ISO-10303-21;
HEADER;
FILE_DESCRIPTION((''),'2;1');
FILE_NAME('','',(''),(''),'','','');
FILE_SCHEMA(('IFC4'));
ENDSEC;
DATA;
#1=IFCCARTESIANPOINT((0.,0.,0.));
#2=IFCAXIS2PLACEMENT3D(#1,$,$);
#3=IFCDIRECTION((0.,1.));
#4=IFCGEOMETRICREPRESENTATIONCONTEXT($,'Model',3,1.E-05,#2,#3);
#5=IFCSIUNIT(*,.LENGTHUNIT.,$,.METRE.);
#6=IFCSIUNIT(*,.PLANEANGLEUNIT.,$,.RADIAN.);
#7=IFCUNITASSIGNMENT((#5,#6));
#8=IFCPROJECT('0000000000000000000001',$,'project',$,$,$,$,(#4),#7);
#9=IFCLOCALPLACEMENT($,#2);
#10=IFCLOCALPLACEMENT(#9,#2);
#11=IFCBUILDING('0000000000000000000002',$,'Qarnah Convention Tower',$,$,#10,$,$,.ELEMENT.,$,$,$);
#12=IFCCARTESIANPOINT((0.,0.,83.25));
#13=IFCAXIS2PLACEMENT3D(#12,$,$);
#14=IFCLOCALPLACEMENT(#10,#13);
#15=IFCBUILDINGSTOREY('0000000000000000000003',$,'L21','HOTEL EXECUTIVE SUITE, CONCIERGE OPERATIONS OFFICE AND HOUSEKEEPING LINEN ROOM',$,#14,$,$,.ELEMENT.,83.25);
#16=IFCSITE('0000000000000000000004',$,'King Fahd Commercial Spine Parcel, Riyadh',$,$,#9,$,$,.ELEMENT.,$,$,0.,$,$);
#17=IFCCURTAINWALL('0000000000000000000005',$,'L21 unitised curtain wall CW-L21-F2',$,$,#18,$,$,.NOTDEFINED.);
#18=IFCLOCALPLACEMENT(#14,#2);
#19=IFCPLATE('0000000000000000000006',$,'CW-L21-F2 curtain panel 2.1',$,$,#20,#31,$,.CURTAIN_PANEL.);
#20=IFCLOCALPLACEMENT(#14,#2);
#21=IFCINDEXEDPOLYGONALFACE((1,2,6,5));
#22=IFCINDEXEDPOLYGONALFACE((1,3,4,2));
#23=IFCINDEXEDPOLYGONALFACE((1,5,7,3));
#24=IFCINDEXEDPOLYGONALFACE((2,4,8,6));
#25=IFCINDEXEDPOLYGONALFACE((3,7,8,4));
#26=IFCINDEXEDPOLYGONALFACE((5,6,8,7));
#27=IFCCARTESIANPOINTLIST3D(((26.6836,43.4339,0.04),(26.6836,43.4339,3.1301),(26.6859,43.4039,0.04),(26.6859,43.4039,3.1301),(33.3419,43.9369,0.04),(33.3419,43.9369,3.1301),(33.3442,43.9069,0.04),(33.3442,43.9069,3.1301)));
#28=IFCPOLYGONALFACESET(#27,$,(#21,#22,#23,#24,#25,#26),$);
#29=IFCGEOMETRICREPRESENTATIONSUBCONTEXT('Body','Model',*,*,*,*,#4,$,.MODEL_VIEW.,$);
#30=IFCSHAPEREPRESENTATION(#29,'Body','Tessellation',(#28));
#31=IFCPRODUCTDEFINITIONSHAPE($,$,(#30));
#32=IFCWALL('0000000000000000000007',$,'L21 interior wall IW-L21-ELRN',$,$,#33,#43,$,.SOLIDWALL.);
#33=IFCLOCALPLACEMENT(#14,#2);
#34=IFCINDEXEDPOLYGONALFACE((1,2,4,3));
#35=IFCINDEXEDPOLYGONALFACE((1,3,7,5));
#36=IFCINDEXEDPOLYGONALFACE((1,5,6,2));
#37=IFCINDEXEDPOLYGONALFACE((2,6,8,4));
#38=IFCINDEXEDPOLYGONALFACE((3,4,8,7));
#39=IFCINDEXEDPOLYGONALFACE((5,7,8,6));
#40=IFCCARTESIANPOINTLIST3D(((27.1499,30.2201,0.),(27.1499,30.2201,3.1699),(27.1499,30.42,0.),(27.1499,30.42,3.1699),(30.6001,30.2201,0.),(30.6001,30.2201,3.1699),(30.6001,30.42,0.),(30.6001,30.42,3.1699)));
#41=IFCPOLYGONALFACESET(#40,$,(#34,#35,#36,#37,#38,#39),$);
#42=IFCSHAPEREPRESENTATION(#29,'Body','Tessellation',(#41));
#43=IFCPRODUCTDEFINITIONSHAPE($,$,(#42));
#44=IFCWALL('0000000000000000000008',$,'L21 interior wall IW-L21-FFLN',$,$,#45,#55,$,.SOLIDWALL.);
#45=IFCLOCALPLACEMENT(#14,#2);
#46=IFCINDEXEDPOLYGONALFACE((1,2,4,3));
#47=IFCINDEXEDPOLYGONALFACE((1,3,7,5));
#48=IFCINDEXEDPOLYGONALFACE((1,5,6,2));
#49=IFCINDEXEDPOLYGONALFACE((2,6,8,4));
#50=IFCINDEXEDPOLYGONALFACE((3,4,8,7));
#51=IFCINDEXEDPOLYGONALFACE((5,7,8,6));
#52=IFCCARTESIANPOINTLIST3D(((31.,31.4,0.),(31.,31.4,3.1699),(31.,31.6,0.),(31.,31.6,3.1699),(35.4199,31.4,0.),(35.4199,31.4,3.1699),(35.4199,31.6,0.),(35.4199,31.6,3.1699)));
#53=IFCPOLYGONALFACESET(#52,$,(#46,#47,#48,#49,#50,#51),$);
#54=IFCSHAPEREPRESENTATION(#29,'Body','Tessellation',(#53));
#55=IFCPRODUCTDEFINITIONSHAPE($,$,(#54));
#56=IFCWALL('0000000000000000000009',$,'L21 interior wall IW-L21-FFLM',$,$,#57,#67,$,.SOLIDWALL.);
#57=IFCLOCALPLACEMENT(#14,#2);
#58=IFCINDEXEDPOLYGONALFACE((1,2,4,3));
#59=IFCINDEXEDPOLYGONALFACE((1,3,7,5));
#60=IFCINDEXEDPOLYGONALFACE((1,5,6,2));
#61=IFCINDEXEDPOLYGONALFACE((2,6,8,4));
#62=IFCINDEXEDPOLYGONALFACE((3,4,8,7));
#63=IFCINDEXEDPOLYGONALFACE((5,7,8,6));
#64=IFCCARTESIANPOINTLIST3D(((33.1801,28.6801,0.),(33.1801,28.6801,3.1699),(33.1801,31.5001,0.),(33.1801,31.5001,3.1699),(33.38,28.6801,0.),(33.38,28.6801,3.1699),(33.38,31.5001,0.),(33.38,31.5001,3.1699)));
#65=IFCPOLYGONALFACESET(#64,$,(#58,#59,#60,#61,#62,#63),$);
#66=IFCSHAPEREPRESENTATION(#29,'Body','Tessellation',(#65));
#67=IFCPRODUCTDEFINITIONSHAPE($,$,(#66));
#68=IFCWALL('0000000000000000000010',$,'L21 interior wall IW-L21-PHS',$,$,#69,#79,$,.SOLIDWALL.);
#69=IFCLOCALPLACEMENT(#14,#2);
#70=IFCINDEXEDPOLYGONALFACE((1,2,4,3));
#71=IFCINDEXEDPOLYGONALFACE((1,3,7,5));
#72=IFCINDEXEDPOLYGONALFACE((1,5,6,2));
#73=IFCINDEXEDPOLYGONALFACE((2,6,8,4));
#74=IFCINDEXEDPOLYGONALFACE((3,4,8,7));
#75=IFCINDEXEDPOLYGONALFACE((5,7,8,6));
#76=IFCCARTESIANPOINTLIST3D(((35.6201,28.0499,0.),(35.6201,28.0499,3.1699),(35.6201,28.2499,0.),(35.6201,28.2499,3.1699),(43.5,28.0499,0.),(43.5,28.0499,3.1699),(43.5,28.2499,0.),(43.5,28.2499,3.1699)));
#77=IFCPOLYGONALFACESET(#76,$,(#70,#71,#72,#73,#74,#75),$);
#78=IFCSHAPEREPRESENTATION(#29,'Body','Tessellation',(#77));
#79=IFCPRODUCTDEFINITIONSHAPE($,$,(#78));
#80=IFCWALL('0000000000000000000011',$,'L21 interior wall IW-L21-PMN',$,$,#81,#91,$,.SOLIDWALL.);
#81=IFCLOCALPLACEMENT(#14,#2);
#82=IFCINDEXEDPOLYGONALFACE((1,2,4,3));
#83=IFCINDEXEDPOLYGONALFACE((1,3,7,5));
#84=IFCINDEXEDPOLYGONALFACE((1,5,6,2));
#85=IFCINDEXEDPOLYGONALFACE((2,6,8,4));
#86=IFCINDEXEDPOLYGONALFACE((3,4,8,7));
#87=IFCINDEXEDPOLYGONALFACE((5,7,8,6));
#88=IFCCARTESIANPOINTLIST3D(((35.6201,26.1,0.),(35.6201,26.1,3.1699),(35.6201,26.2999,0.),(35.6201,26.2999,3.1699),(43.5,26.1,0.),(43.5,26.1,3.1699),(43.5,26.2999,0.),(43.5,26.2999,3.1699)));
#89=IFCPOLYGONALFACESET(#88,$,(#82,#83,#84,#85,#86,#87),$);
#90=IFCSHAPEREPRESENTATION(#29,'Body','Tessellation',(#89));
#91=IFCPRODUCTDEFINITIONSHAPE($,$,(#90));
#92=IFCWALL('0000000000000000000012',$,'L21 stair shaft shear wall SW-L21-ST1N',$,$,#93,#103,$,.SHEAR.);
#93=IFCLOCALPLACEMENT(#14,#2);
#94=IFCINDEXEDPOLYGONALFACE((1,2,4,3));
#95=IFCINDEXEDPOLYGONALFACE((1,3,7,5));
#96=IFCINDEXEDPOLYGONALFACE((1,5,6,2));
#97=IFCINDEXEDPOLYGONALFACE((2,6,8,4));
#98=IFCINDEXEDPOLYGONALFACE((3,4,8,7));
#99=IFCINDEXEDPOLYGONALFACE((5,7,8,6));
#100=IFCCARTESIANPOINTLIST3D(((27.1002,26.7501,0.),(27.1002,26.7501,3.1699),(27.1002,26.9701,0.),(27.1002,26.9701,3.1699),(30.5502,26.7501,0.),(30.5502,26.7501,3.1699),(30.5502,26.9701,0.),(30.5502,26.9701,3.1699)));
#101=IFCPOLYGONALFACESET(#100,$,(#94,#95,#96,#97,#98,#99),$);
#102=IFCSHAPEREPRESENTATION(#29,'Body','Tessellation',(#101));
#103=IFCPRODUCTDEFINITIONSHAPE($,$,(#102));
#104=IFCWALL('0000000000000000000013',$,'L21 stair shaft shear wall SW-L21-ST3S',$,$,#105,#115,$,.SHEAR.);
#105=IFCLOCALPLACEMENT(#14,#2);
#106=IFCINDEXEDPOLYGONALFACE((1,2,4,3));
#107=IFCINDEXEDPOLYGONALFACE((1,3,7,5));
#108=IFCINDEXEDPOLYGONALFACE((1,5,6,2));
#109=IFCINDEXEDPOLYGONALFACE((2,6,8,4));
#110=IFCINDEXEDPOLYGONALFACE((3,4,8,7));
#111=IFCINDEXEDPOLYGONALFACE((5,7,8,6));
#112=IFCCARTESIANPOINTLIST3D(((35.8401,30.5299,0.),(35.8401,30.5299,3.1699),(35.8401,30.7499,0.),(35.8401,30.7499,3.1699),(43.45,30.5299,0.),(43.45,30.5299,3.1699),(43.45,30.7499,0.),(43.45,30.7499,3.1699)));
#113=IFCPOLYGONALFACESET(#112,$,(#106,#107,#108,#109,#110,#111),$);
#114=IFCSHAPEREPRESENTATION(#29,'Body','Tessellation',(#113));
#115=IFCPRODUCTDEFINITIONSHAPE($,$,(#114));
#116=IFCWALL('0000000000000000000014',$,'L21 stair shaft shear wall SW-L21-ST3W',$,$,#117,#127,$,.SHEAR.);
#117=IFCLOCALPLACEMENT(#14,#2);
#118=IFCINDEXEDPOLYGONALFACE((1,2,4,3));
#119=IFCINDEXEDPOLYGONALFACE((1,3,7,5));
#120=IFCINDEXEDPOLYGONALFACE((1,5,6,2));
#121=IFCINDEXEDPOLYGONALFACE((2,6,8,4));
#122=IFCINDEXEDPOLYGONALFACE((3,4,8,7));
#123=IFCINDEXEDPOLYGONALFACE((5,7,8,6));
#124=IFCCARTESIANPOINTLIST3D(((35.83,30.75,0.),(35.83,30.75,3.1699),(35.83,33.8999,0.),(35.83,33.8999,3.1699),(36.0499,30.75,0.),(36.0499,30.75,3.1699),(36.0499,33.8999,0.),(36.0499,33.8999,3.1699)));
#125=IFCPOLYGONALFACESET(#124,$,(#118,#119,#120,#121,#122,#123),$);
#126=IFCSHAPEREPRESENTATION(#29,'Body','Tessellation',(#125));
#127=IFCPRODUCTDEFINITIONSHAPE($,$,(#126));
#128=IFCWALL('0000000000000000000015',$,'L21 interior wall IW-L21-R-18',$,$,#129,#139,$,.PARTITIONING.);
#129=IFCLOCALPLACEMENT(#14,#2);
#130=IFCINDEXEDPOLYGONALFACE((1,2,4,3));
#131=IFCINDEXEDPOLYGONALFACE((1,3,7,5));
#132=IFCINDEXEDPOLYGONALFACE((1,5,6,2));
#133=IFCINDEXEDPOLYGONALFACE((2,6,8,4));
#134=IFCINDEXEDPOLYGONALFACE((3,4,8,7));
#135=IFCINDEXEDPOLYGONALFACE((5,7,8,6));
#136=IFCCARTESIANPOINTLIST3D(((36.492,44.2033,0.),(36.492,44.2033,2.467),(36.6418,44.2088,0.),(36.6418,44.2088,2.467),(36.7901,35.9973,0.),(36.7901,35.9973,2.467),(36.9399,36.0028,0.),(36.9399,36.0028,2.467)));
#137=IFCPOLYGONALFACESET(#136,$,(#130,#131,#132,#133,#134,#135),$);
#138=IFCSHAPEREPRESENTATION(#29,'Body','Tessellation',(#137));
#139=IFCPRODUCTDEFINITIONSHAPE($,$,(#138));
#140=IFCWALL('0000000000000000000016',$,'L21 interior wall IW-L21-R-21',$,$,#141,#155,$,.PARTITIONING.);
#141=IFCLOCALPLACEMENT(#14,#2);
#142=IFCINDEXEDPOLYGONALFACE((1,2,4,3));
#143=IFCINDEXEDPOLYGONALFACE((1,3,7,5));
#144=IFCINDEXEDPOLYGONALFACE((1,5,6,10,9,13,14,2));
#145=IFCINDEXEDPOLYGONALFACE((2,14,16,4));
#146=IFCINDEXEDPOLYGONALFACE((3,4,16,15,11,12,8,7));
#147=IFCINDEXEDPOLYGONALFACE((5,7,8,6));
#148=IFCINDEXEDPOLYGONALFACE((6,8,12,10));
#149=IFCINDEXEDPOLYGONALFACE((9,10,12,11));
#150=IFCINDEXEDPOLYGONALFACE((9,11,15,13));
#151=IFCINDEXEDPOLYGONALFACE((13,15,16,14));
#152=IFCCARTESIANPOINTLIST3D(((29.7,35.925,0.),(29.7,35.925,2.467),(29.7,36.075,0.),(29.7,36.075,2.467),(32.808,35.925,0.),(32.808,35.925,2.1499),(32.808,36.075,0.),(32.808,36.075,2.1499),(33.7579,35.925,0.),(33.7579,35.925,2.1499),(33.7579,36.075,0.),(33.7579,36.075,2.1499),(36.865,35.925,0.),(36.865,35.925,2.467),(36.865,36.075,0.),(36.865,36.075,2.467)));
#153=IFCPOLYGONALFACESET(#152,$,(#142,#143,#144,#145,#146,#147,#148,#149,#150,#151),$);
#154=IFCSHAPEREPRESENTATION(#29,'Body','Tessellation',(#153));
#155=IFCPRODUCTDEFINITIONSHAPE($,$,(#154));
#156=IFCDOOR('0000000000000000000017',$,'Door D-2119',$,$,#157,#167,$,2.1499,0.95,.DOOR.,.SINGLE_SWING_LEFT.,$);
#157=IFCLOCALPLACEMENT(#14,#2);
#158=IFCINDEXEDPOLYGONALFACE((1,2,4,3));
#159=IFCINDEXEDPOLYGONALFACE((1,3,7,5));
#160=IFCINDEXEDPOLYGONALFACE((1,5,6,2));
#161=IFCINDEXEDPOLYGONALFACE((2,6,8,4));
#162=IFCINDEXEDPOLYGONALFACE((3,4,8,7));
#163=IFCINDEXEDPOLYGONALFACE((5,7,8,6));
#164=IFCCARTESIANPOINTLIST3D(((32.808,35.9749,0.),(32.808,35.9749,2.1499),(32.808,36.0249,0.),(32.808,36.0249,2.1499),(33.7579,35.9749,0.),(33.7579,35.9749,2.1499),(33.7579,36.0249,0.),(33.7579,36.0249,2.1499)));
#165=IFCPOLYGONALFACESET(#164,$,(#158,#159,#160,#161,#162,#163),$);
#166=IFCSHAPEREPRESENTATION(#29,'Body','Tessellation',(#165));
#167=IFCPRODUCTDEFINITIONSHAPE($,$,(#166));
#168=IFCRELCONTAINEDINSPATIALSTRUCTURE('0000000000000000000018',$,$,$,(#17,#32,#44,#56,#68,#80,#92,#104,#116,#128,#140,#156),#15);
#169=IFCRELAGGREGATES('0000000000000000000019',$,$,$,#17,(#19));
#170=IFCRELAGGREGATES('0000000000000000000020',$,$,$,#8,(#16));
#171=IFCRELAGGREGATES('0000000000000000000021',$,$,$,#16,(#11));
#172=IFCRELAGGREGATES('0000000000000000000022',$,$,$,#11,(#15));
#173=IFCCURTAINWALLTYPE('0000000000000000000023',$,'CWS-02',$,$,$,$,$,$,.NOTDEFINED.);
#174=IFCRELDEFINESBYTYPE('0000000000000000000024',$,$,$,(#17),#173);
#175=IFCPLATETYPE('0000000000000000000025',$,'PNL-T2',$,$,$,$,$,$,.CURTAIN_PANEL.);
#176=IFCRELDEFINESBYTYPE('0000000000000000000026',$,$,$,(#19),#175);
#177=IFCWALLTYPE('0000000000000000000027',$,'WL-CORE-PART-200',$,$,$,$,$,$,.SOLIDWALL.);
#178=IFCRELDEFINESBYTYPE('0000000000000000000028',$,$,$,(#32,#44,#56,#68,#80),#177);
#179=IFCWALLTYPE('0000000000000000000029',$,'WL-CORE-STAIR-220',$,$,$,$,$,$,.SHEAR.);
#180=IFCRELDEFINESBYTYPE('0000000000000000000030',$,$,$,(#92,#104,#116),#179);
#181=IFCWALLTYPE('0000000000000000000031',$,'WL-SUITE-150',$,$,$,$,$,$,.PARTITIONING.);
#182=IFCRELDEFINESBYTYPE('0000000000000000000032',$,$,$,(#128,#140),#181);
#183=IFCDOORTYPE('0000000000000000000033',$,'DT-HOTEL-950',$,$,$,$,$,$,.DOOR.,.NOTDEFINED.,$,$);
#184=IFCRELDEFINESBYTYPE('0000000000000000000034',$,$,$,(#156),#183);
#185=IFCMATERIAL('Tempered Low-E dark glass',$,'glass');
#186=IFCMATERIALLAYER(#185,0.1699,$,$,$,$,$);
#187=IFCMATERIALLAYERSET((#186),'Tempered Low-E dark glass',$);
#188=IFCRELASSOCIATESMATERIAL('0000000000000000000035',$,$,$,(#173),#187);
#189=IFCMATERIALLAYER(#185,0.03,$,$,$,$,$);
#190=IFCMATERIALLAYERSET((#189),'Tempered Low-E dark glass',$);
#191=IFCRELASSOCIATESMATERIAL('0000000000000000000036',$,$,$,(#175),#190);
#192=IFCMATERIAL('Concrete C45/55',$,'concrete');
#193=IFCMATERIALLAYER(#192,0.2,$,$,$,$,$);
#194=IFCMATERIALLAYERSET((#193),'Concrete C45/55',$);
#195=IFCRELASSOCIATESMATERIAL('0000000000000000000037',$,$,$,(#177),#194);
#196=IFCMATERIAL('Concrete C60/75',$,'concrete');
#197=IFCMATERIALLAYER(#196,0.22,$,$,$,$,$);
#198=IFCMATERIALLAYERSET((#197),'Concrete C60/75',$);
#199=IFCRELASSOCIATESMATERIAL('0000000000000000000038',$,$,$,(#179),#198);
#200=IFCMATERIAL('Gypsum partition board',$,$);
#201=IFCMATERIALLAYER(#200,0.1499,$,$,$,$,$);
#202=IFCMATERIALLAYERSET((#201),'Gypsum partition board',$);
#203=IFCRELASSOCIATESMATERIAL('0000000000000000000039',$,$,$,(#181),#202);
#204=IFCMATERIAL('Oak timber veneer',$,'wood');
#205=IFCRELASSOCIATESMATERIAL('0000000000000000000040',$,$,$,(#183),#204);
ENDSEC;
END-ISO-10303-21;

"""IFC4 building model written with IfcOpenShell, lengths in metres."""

from ifc_helpers import new_model, si_unit, direction, frame, frame_2d, origin, origin_2d, place, context, subcontext, project, spatial, rectangle, extrude, material, layer, layer_set, type_object, element, fill, aggregate, save


model = new_model("IFC4")

# Units and contexts
model_context = context("Model", 3, precision=1e-05, world=origin(), true_north=direction((0.0, 1.0)))
body_context = subcontext(model_context, "Body", "Model", "MODEL_VIEW")
ifc_project = project(units=[si_unit("LENGTHUNIT", "METRE"), si_unit("PLANEANGLEUNIT", "RADIAN")], contexts=[model_context])

# Site, building, storey
site_placement = place(None, origin())
site = spatial("IfcSite", under=ifc_project, at=site_placement, Name="King Fahd Commercial Spine Parcel, Riyadh", CompositionType="ELEMENT", RefElevation=0.0)
building_placement = place(site_placement, origin())
building = spatial("IfcBuilding", under=site, at=building_placement, Name="Qarnah Convention Tower", CompositionType="ELEMENT")
storey_placement = place(building_placement, frame((0.0, 0.0, 83.25)))
storey = spatial("IfcBuildingStorey", under=building, at=storey_placement, Name="L21", Description="HOTEL EXECUTIVE SUITE, CONCIERGE OPERATIONS OFFICE AND HOUSEKEEPING LINEN ROOM", CompositionType="ELEMENT", Elevation=83.25)

# Shared definitions
ifc_material_1 = material(Name="Concrete C60/75", Category="concrete")

# Curtain wall, plate
ifc_material_2 = material(Name="Tempered Low-E dark glass", Category="glass")
ifc_layer_1 = layer(ifc_material_2, 0.1699)
ifc_layer_set_1 = layer_set([ifc_layer_1], Name="Tempered Low-E dark glass")
curtain_wall_type = type_object("IfcCurtainWallType", Name="CWS-02", PredefinedType="NOTDEFINED", material=ifc_layer_set_1)
curtain_wall_placement = place(storey_placement, origin())
curtain_wall = element("IfcCurtainWall", 1, at=curtain_wall_placement, inside=storey, type_object=curtain_wall_type, Name="L21 unitised curtain wall CW-L21-F2", PredefinedType="NOTDEFINED")
ifc_layer_2 = layer(ifc_material_2, 0.03)
ifc_layer_set_2 = layer_set([ifc_layer_2], Name="Tempered Low-E dark glass")
plate_type = type_object("IfcPlateType", Name="PNL-T2", PredefinedType="CURTAIN_PANEL", material=ifc_layer_set_2)
plate_placement = place(storey_placement, frame((30.0139, 43.6704, 0.04), z_axis=(0.0, 0.0, 1.0), x_axis=(0.997159, 0.075327, 0.0)))
plate = element("IfcPlate", 2, at=plate_placement, type_object=plate_type, Name="CW-L21-F2 curtain panel 2.1", PredefinedType="CURTAIN_PANEL", context=body_context, shape_type="SweptSolid", body=[
    extrude(rectangle(XDim=6.6772, YDim=0.03, at=origin_2d()), origin(), (0.0, 0.0, 1.0), 3.0901),
])
aggregate(curtain_wall, [plate])

# Wall
ifc_material_3 = material(Name="Concrete C45/55", Category="concrete")
ifc_layer_3 = layer(ifc_material_3, 0.2)
ifc_layer_set_3 = layer_set([ifc_layer_3], Name="Concrete C45/55")
wall_type_1 = type_object("IfcWallType", Name="WL-CORE-PART-200", PredefinedType="SOLIDWALL", material=ifc_layer_set_3)
wall_1_placement = place(storey_placement, frame((27.1499, 30.3201, 0.0), z_axis=(0.0, 0.0, 1.0), x_axis=(1.0, 0.0, 0.0)))
element("IfcWall", 3, at=wall_1_placement, inside=storey, type_object=wall_type_1, Name="L21 interior wall IW-L21-ELRN", PredefinedType="SOLIDWALL", context=body_context, shape_type="SweptSolid", body=[
    extrude(rectangle(XDim=3.4502, YDim=0.2, at=frame_2d((1.7251, 0.0))), origin(), (0.0, 0.0, 1.0), 3.1699),
])

# Walls
wall_2_placement = place(storey_placement, frame((31.0, 31.5, 0.0), z_axis=(0.0, 0.0, 1.0), x_axis=(1.0, 0.0, 0.0)))
element("IfcWall", 4, at=wall_2_placement, inside=storey, type_object=wall_type_1, Name="L21 interior wall IW-L21-FFLN", PredefinedType="SOLIDWALL", context=body_context, shape_type="SweptSolid", body=[
    extrude(rectangle(XDim=4.4199, YDim=0.2, at=frame_2d((2.21, 0.0))), origin(), (0.0, 0.0, 1.0), 3.1699),
])
wall_3_placement = place(storey_placement, frame((33.28, 28.6799, 0.0), z_axis=(0.0, 0.0, 1.0), x_axis=(0.0, 1.0, 0.0)))
element("IfcWall", 5, at=wall_3_placement, inside=storey, type_object=wall_type_1, Name="L21 interior wall IW-L21-FFLM", PredefinedType="SOLIDWALL", context=body_context, shape_type="SweptSolid", body=[
    extrude(rectangle(XDim=2.8201, YDim=0.2, at=frame_2d((1.4102, 0.0))), origin(), (0.0, 0.0, 1.0), 3.1699),
])
for number, where, z_axis, x_axis, name in (
    (6, (35.6201, 28.1499, 0.0), (0.0, 0.0, 1.0), (1.0, 0.0, 0.0), "L21 interior wall IW-L21-PHS"),
    (7, (35.6201, 26.2, 0.0), (0.0, 0.0, 1.0), (1.0, 0.0, 0.0), "L21 interior wall IW-L21-PMN"),
):
    element("IfcWall", number, at=place(storey_placement, frame(where, z_axis=z_axis, x_axis=x_axis)), inside=storey, type_object=wall_type_1, Name=name, PredefinedType="SOLIDWALL", context=body_context, shape_type="SweptSolid", body=[
        extrude(rectangle(XDim=7.8799, YDim=0.2, at=frame_2d((3.9399, 0.0))), origin(), (0.0, 0.0, 1.0), 3.1699),
    ])
ifc_layer_4 = layer(ifc_material_1, 0.22)
ifc_layer_set_4 = layer_set([ifc_layer_4], Name="Concrete C60/75")
wall_type_2 = type_object("IfcWallType", Name="WL-CORE-STAIR-220", PredefinedType="SHEAR", material=ifc_layer_set_4)
wall_4_placement = place(storey_placement, frame((27.1001, 26.8601, 0.0), z_axis=(0.0, 0.0, 1.0), x_axis=(1.0, 0.0, 0.0)))
element("IfcWall", 8, at=wall_4_placement, inside=storey, type_object=wall_type_2, Name="L21 stair shaft shear wall SW-L21-ST1N", PredefinedType="SHEAR", context=body_context, shape_type="SweptSolid", body=[
    extrude(rectangle(XDim=3.45, YDim=0.22, at=frame_2d((1.7251, 0.0))), origin(), (0.0, 0.0, 1.0), 3.1699),
])
wall_5_placement = place(storey_placement, frame((35.8401, 30.6399, 0.0), z_axis=(0.0, 0.0, 1.0), x_axis=(1.0, 0.0, 0.0)))
element("IfcWall", 9, at=wall_5_placement, inside=storey, type_object=wall_type_2, Name="L21 stair shaft shear wall SW-L21-ST3S", PredefinedType="SHEAR", context=body_context, shape_type="SweptSolid", body=[
    extrude(rectangle(XDim=7.6099, YDim=0.22, at=frame_2d((3.8049, 0.0))), origin(), (0.0, 0.0, 1.0), 3.1699),
])
wall_6_placement = place(storey_placement, frame((35.9399, 30.75, 0.0), z_axis=(0.0, 0.0, 1.0), x_axis=(0.0, 1.0, 0.0)))
element("IfcWall", 10, at=wall_6_placement, inside=storey, type_object=wall_type_2, Name="L21 stair shaft shear wall SW-L21-ST3W", PredefinedType="SHEAR", context=body_context, shape_type="SweptSolid", body=[
    extrude(rectangle(XDim=3.1499, YDim=0.22, at=frame_2d((1.575, 0.0))), origin(), (0.0, 0.0, 1.0), 3.1699),
])
ifc_material_4 = material(Name="Gypsum partition board")
ifc_layer_5 = layer(ifc_material_4, 0.1499)
ifc_layer_set_5 = layer_set([ifc_layer_5], Name="Gypsum partition board")
wall_type_3 = type_object("IfcWallType", Name="WL-SUITE-150", PredefinedType="PARTITIONING", material=ifc_layer_set_5)
wall_7_placement = place(storey_placement, frame((36.5669, 44.2061, 0.0), z_axis=(0.0, 0.0, 1.0), x_axis=(0.036302, -0.999341, 0.0)))
element("IfcWall", 11, at=wall_7_placement, inside=storey, type_object=wall_type_3, Name="L21 interior wall IW-L21-R-18", PredefinedType="PARTITIONING", context=body_context, shape_type="SweptSolid", body=[
    extrude(rectangle(XDim=8.2114, YDim=0.1499, at=frame_2d((4.1057, 0.0))), origin(), (0.0, 0.0, 1.0), 2.467),
])

# Wall, opening, door
wall_8_placement = place(storey_placement, frame((29.7, 36.0, 0.0), z_axis=(0.0, 0.0, 1.0), x_axis=(1.0, 0.0, 0.0)))
wall_8 = element("IfcWall", 12, at=wall_8_placement, inside=storey, type_object=wall_type_3, Name="L21 interior wall IW-L21-R-21", PredefinedType="PARTITIONING", context=body_context, shape_type="SweptSolid", body=[
    extrude(rectangle(XDim=7.165, YDim=0.1499, at=frame_2d((3.5825, 0.0))), origin(), (0.0, 0.0, 1.0), 2.467),
])
opening_1_placement = place(wall_8_placement, frame((3.1079, 0.0, 0.0)))
opening_1 = element("IfcOpeningElement", 13, at=opening_1_placement, cuts=wall_8, PredefinedType="OPENING", context=body_context, shape_type="SweptSolid", body=[
    extrude(rectangle(XDim=0.95, YDim=2.1499, at=frame_2d((0.4751, 1.075))), frame((0.0, 0.085, 0.0), z_axis=(0.0, -1.0, 0.0), x_axis=(1.0, 0.0, 0.0)), (0.0, 0.0, 1.0), 0.1699),
])
ifc_material_5 = material(Name="Oak timber veneer", Category="wood")
door_type_1 = type_object("IfcDoorType", Name="DT-HOTEL-950", OperationType="NOTDEFINED", PredefinedType="DOOR", material=ifc_material_5)
door_1_placement = place(opening_1_placement, origin())
door_1 = element("IfcDoor", 14, at=door_1_placement, inside=storey, type_object=door_type_1, Name="Door D-2119", OperationType="SINGLE_SWING_LEFT", OverallHeight=2.1499, OverallWidth=0.95, PredefinedType="DOOR", context=body_context, shape_type="SweptSolid", body=[
    extrude(rectangle(XDim=0.95, YDim=2.1499, at=frame_2d((0.4751, 1.075))), frame((0.0, 0.0249, 0.0), z_axis=(0.0, -1.0, 0.0), x_axis=(1.0, 0.0, 0.0)), (0.0, 0.0, 1.0), 0.05),
])
fill(opening_1, door_1)

save(model, "model.ifc")
